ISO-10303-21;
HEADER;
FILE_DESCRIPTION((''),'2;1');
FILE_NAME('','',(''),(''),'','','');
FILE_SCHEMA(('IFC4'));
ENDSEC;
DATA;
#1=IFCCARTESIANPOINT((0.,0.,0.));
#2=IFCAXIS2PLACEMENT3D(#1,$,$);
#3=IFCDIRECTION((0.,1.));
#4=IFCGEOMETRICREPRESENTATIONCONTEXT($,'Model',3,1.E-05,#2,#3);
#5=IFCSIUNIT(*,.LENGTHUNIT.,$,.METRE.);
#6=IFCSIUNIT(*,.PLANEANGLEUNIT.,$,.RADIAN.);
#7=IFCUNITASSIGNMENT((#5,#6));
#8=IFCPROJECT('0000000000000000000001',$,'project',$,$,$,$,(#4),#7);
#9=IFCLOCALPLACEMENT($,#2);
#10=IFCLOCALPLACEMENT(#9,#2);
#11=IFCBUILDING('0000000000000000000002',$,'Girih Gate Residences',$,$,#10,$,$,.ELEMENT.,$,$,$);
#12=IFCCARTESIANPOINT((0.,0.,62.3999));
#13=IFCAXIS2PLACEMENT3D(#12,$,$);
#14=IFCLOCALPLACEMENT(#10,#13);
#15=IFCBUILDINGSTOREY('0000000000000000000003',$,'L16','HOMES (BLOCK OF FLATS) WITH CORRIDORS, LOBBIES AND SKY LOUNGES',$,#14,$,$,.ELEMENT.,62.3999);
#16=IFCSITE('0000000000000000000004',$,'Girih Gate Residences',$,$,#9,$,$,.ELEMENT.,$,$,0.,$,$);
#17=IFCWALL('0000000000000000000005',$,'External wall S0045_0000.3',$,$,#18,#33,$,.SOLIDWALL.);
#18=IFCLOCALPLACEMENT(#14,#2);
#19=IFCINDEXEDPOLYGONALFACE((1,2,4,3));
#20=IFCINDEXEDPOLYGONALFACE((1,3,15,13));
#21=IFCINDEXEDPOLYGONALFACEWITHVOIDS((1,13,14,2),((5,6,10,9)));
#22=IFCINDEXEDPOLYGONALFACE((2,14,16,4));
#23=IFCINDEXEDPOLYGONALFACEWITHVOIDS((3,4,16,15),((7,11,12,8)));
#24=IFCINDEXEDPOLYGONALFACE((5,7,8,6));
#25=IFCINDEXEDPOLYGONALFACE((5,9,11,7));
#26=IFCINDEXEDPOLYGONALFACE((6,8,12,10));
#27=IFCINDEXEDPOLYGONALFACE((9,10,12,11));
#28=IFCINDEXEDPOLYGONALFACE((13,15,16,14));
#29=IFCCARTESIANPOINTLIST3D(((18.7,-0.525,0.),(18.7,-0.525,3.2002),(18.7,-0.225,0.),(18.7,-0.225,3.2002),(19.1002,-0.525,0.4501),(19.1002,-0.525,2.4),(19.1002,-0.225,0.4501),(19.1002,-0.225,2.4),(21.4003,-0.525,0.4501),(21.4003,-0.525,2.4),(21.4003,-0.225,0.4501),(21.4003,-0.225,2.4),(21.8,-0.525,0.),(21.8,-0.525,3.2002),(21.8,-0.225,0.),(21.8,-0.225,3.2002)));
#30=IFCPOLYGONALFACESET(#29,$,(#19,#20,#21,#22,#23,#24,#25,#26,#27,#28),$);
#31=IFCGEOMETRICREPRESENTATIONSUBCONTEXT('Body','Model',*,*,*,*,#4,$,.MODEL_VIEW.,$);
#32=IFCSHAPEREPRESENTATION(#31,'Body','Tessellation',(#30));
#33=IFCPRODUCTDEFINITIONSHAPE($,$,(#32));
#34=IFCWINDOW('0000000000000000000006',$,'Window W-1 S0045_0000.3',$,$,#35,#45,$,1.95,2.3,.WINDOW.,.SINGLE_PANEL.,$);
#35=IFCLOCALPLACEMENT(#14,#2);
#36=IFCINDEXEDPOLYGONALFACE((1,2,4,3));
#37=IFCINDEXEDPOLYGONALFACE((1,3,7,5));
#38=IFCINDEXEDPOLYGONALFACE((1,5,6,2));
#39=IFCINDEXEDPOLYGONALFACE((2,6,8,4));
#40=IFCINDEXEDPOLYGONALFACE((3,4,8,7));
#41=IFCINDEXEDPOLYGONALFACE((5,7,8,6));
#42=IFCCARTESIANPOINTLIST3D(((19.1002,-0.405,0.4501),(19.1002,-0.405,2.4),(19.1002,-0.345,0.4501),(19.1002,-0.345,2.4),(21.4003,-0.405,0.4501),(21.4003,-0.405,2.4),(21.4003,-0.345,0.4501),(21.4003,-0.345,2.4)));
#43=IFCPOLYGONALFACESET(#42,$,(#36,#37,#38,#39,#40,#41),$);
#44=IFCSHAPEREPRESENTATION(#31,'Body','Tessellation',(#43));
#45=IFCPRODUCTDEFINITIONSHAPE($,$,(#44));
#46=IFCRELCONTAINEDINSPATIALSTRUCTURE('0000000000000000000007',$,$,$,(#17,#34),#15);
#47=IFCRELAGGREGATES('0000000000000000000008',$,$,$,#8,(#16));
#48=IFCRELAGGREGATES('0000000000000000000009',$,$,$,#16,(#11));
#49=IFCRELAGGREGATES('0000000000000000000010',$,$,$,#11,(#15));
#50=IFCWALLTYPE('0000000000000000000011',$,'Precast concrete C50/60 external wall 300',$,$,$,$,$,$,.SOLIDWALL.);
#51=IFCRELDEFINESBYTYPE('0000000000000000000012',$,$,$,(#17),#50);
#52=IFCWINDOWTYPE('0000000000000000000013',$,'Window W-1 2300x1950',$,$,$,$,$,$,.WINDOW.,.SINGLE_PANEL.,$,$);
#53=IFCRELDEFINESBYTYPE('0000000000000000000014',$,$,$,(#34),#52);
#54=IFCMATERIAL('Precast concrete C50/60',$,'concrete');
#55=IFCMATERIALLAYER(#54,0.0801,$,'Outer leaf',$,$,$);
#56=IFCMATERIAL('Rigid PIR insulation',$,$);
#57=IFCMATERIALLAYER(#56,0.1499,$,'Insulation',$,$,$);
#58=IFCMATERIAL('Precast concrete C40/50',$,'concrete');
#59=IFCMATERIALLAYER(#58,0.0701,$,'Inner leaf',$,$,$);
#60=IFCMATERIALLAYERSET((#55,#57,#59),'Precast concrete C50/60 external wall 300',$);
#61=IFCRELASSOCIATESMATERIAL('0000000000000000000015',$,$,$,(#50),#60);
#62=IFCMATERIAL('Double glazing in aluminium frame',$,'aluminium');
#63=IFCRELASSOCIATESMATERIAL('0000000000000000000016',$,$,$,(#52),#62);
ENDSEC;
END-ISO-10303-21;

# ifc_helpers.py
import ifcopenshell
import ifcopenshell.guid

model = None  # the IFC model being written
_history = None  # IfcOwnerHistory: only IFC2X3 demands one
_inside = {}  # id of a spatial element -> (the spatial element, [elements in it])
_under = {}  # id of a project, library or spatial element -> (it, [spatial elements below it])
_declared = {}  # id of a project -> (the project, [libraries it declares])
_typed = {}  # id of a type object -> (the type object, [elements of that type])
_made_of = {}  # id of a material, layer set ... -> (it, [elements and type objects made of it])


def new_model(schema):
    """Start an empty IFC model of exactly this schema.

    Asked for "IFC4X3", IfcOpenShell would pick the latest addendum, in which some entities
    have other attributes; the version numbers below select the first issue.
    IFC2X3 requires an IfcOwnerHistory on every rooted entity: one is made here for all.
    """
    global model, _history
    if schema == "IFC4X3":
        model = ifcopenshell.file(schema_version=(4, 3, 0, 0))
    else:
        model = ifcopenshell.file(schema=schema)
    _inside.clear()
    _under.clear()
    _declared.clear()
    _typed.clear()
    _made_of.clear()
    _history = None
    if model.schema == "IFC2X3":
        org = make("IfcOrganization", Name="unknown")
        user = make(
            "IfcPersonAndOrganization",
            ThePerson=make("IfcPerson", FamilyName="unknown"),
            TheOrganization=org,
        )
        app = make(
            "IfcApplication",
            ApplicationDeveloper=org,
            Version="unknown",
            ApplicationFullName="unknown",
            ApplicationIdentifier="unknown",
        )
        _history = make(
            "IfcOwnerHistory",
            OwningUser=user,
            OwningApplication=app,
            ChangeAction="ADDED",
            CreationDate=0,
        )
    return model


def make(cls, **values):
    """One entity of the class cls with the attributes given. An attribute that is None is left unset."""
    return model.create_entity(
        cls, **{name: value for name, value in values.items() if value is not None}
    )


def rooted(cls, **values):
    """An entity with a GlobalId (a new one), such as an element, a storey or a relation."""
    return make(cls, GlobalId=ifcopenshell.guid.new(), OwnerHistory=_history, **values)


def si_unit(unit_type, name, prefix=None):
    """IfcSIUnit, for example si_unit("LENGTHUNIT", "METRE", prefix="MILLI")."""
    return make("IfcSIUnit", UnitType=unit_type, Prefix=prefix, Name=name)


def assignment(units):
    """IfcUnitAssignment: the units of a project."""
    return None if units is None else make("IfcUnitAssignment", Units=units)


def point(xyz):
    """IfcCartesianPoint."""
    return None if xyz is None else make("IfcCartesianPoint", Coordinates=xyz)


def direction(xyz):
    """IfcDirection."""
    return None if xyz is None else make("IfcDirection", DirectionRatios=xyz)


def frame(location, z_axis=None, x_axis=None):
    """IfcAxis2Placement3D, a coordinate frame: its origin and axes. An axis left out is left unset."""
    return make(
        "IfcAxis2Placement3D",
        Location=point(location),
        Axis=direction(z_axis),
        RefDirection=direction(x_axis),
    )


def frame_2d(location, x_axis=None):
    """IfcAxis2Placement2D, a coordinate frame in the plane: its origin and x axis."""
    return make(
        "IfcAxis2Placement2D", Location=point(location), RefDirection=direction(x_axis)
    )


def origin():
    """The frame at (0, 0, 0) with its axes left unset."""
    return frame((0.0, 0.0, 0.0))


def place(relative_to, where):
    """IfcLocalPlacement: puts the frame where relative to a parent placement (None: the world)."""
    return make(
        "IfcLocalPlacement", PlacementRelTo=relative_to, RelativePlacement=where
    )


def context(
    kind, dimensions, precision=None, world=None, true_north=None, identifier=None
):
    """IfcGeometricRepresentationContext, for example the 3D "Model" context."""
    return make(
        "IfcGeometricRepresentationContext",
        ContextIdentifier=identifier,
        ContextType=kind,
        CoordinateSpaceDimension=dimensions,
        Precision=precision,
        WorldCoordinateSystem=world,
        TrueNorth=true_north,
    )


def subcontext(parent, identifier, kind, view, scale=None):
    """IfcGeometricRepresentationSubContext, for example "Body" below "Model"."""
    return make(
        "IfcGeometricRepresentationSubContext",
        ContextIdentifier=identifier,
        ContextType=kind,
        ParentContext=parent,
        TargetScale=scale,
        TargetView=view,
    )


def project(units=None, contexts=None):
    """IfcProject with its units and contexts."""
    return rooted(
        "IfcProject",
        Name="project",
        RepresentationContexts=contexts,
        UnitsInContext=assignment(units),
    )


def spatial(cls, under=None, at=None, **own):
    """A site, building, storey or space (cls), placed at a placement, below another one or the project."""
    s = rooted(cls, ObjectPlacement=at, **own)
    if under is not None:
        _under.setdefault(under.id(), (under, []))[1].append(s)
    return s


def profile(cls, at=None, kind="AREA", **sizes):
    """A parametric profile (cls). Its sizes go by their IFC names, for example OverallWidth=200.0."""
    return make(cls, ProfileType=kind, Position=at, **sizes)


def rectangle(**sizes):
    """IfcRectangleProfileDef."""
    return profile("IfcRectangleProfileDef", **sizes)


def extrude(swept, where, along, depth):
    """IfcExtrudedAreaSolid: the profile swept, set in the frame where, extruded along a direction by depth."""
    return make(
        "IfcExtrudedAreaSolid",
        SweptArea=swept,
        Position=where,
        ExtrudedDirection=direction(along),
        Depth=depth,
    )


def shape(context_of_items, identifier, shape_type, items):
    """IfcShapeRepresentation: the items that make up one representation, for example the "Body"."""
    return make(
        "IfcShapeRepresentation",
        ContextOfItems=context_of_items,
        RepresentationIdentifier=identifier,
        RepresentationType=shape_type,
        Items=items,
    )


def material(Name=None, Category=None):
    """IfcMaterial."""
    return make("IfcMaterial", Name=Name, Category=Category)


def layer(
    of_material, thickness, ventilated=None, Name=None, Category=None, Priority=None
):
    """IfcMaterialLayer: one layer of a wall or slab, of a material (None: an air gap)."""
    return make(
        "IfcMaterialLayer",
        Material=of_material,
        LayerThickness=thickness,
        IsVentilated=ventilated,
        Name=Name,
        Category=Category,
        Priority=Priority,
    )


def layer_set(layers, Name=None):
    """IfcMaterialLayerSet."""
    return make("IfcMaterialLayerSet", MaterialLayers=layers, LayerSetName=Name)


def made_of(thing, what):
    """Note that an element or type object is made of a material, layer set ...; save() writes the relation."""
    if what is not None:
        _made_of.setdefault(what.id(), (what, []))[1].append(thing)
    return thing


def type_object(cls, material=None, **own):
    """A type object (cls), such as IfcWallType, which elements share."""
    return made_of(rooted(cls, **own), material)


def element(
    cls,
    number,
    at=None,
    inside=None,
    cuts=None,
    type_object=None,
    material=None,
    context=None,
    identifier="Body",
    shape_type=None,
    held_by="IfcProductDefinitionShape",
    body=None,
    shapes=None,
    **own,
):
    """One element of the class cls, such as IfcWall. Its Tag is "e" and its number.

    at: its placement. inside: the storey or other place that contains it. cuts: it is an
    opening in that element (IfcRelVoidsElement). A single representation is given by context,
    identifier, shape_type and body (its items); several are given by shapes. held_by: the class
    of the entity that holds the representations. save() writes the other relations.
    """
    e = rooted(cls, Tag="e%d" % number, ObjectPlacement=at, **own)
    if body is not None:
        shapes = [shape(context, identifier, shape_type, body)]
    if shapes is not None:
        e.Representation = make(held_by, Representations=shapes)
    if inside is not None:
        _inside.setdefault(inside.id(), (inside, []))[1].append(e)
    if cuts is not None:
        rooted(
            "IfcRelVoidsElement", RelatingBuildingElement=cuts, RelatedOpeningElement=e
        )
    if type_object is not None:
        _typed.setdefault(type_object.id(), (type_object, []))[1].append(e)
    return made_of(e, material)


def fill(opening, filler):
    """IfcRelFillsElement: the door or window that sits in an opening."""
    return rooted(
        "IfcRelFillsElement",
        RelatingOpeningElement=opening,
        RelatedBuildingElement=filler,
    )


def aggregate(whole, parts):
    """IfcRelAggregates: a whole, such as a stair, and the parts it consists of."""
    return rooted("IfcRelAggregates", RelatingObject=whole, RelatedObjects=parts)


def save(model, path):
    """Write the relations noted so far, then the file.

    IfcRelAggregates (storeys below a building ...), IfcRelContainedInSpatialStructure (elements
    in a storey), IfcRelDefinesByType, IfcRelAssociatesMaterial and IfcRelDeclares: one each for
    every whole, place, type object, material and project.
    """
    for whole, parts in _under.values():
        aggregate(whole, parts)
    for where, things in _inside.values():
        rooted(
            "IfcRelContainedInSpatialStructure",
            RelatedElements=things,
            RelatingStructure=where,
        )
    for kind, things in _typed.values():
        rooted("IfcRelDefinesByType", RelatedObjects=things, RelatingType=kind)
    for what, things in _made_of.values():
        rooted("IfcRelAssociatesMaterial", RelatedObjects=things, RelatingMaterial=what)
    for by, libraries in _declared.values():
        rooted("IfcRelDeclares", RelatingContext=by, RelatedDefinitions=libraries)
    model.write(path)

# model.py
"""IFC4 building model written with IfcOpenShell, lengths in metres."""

from ifc_helpers import new_model, si_unit, direction, frame, frame_2d, origin, place, context, subcontext, project, spatial, rectangle, extrude, material, layer, layer_set, type_object, element, fill, save


model = new_model("IFC4")

# Units and contexts
model_context = context("Model", 3, precision=1e-05, world=origin(), true_north=direction((0.0, 1.0)))
body_context = subcontext(model_context, "Body", "Model", "MODEL_VIEW")
ifc_project = project(units=[si_unit("LENGTHUNIT", "METRE"), si_unit("PLANEANGLEUNIT", "RADIAN")], contexts=[model_context])

# Site, building, storey
site_placement = place(None, origin())
site = spatial("IfcSite", under=ifc_project, at=site_placement, Name="Girih Gate Residences", CompositionType="ELEMENT", RefElevation=0.0)
building_placement = place(site_placement, origin())
building = spatial("IfcBuilding", under=site, at=building_placement, Name="Girih Gate Residences", CompositionType="ELEMENT")
storey_placement = place(building_placement, frame((0.0, 0.0, 62.3999)))
storey = spatial("IfcBuildingStorey", under=building, at=storey_placement, Name="L16", Description="HOMES (BLOCK OF FLATS) WITH CORRIDORS, LOBBIES AND SKY LOUNGES", CompositionType="ELEMENT", Elevation=62.3999)

# Wall, opening, window
ifc_material_1 = material(Name="Precast concrete C50/60", Category="concrete")
ifc_layer_1 = layer(ifc_material_1, 0.0801, Name="Outer leaf")
ifc_material_2 = material(Name="Rigid PIR insulation")
ifc_layer_2 = layer(ifc_material_2, 0.1499, Name="Insulation")
ifc_material_3 = material(Name="Precast concrete C40/50", Category="concrete")
ifc_layer_3 = layer(ifc_material_3, 0.0701, Name="Inner leaf")
ifc_layer_set_1 = layer_set([ifc_layer_1, ifc_layer_2, ifc_layer_3], Name="Precast concrete C50/60 external wall 300")
wall_type_1 = type_object("IfcWallType", Name="Precast concrete C50/60 external wall 300", PredefinedType="SOLIDWALL", material=ifc_layer_set_1)
ifc_material_4 = material(Name="Double glazing in aluminium frame", Category="aluminium")
window_type = type_object("IfcWindowType", Name="Window W-1 2300x1950", PartitioningType="SINGLE_PANEL", PredefinedType="WINDOW", material=ifc_material_4)
wall_1_placement = place(storey_placement, frame((21.8, -0.375, 0.0), z_axis=(0.0, 0.0, 1.0), x_axis=(-1.0, 0.0, 0.0)))
wall_1 = element("IfcWall", 1, at=wall_1_placement, inside=storey, type_object=wall_type_1, Name="External wall S0045_0000.3", PredefinedType="SOLIDWALL", context=body_context, shape_type="SweptSolid", body=[
    extrude(rectangle(XDim=3.1001, YDim=0.3, at=frame_2d((1.55, 0.0))), origin(), (0.0, 0.0, 1.0), 3.2002),
])
opening_1_placement = place(wall_1_placement, frame((0.3999, 0.0, 0.45)))
opening_1 = element("IfcOpeningElement", 2, at=opening_1_placement, cuts=wall_1, PredefinedType="OPENING", context=body_context, shape_type="SweptSolid", body=[
    extrude(rectangle(XDim=2.3, YDim=1.95, at=frame_2d((1.1499, 0.9751))), frame((0.0, 0.1599, 0.0), z_axis=(0.0, -1.0, 0.0), x_axis=(1.0, 0.0, 0.0)), (0.0, 0.0, 1.0), 0.3201),
])
window_1_placement = place(opening_1_placement, origin())
window_1 = element("IfcWindow", 3, at=window_1_placement, inside=storey, type_object=window_type, Name="Window W-1 S0045_0000.3", OverallHeight=1.95, OverallWidth=2.3, PartitioningType="SINGLE_PANEL", PredefinedType="WINDOW", context=body_context, shape_type="SweptSolid", body=[
    extrude(rectangle(XDim=2.3, YDim=1.95, at=frame_2d((1.1499, 0.9751))), frame((0.0, 0.03, 0.0), z_axis=(0.0, -1.0, 0.0), x_axis=(1.0, 0.0, 0.0)), (0.0, 0.0, 1.0), 0.0601),
])
fill(opening_1, window_1)

save(model, "model.ifc")
